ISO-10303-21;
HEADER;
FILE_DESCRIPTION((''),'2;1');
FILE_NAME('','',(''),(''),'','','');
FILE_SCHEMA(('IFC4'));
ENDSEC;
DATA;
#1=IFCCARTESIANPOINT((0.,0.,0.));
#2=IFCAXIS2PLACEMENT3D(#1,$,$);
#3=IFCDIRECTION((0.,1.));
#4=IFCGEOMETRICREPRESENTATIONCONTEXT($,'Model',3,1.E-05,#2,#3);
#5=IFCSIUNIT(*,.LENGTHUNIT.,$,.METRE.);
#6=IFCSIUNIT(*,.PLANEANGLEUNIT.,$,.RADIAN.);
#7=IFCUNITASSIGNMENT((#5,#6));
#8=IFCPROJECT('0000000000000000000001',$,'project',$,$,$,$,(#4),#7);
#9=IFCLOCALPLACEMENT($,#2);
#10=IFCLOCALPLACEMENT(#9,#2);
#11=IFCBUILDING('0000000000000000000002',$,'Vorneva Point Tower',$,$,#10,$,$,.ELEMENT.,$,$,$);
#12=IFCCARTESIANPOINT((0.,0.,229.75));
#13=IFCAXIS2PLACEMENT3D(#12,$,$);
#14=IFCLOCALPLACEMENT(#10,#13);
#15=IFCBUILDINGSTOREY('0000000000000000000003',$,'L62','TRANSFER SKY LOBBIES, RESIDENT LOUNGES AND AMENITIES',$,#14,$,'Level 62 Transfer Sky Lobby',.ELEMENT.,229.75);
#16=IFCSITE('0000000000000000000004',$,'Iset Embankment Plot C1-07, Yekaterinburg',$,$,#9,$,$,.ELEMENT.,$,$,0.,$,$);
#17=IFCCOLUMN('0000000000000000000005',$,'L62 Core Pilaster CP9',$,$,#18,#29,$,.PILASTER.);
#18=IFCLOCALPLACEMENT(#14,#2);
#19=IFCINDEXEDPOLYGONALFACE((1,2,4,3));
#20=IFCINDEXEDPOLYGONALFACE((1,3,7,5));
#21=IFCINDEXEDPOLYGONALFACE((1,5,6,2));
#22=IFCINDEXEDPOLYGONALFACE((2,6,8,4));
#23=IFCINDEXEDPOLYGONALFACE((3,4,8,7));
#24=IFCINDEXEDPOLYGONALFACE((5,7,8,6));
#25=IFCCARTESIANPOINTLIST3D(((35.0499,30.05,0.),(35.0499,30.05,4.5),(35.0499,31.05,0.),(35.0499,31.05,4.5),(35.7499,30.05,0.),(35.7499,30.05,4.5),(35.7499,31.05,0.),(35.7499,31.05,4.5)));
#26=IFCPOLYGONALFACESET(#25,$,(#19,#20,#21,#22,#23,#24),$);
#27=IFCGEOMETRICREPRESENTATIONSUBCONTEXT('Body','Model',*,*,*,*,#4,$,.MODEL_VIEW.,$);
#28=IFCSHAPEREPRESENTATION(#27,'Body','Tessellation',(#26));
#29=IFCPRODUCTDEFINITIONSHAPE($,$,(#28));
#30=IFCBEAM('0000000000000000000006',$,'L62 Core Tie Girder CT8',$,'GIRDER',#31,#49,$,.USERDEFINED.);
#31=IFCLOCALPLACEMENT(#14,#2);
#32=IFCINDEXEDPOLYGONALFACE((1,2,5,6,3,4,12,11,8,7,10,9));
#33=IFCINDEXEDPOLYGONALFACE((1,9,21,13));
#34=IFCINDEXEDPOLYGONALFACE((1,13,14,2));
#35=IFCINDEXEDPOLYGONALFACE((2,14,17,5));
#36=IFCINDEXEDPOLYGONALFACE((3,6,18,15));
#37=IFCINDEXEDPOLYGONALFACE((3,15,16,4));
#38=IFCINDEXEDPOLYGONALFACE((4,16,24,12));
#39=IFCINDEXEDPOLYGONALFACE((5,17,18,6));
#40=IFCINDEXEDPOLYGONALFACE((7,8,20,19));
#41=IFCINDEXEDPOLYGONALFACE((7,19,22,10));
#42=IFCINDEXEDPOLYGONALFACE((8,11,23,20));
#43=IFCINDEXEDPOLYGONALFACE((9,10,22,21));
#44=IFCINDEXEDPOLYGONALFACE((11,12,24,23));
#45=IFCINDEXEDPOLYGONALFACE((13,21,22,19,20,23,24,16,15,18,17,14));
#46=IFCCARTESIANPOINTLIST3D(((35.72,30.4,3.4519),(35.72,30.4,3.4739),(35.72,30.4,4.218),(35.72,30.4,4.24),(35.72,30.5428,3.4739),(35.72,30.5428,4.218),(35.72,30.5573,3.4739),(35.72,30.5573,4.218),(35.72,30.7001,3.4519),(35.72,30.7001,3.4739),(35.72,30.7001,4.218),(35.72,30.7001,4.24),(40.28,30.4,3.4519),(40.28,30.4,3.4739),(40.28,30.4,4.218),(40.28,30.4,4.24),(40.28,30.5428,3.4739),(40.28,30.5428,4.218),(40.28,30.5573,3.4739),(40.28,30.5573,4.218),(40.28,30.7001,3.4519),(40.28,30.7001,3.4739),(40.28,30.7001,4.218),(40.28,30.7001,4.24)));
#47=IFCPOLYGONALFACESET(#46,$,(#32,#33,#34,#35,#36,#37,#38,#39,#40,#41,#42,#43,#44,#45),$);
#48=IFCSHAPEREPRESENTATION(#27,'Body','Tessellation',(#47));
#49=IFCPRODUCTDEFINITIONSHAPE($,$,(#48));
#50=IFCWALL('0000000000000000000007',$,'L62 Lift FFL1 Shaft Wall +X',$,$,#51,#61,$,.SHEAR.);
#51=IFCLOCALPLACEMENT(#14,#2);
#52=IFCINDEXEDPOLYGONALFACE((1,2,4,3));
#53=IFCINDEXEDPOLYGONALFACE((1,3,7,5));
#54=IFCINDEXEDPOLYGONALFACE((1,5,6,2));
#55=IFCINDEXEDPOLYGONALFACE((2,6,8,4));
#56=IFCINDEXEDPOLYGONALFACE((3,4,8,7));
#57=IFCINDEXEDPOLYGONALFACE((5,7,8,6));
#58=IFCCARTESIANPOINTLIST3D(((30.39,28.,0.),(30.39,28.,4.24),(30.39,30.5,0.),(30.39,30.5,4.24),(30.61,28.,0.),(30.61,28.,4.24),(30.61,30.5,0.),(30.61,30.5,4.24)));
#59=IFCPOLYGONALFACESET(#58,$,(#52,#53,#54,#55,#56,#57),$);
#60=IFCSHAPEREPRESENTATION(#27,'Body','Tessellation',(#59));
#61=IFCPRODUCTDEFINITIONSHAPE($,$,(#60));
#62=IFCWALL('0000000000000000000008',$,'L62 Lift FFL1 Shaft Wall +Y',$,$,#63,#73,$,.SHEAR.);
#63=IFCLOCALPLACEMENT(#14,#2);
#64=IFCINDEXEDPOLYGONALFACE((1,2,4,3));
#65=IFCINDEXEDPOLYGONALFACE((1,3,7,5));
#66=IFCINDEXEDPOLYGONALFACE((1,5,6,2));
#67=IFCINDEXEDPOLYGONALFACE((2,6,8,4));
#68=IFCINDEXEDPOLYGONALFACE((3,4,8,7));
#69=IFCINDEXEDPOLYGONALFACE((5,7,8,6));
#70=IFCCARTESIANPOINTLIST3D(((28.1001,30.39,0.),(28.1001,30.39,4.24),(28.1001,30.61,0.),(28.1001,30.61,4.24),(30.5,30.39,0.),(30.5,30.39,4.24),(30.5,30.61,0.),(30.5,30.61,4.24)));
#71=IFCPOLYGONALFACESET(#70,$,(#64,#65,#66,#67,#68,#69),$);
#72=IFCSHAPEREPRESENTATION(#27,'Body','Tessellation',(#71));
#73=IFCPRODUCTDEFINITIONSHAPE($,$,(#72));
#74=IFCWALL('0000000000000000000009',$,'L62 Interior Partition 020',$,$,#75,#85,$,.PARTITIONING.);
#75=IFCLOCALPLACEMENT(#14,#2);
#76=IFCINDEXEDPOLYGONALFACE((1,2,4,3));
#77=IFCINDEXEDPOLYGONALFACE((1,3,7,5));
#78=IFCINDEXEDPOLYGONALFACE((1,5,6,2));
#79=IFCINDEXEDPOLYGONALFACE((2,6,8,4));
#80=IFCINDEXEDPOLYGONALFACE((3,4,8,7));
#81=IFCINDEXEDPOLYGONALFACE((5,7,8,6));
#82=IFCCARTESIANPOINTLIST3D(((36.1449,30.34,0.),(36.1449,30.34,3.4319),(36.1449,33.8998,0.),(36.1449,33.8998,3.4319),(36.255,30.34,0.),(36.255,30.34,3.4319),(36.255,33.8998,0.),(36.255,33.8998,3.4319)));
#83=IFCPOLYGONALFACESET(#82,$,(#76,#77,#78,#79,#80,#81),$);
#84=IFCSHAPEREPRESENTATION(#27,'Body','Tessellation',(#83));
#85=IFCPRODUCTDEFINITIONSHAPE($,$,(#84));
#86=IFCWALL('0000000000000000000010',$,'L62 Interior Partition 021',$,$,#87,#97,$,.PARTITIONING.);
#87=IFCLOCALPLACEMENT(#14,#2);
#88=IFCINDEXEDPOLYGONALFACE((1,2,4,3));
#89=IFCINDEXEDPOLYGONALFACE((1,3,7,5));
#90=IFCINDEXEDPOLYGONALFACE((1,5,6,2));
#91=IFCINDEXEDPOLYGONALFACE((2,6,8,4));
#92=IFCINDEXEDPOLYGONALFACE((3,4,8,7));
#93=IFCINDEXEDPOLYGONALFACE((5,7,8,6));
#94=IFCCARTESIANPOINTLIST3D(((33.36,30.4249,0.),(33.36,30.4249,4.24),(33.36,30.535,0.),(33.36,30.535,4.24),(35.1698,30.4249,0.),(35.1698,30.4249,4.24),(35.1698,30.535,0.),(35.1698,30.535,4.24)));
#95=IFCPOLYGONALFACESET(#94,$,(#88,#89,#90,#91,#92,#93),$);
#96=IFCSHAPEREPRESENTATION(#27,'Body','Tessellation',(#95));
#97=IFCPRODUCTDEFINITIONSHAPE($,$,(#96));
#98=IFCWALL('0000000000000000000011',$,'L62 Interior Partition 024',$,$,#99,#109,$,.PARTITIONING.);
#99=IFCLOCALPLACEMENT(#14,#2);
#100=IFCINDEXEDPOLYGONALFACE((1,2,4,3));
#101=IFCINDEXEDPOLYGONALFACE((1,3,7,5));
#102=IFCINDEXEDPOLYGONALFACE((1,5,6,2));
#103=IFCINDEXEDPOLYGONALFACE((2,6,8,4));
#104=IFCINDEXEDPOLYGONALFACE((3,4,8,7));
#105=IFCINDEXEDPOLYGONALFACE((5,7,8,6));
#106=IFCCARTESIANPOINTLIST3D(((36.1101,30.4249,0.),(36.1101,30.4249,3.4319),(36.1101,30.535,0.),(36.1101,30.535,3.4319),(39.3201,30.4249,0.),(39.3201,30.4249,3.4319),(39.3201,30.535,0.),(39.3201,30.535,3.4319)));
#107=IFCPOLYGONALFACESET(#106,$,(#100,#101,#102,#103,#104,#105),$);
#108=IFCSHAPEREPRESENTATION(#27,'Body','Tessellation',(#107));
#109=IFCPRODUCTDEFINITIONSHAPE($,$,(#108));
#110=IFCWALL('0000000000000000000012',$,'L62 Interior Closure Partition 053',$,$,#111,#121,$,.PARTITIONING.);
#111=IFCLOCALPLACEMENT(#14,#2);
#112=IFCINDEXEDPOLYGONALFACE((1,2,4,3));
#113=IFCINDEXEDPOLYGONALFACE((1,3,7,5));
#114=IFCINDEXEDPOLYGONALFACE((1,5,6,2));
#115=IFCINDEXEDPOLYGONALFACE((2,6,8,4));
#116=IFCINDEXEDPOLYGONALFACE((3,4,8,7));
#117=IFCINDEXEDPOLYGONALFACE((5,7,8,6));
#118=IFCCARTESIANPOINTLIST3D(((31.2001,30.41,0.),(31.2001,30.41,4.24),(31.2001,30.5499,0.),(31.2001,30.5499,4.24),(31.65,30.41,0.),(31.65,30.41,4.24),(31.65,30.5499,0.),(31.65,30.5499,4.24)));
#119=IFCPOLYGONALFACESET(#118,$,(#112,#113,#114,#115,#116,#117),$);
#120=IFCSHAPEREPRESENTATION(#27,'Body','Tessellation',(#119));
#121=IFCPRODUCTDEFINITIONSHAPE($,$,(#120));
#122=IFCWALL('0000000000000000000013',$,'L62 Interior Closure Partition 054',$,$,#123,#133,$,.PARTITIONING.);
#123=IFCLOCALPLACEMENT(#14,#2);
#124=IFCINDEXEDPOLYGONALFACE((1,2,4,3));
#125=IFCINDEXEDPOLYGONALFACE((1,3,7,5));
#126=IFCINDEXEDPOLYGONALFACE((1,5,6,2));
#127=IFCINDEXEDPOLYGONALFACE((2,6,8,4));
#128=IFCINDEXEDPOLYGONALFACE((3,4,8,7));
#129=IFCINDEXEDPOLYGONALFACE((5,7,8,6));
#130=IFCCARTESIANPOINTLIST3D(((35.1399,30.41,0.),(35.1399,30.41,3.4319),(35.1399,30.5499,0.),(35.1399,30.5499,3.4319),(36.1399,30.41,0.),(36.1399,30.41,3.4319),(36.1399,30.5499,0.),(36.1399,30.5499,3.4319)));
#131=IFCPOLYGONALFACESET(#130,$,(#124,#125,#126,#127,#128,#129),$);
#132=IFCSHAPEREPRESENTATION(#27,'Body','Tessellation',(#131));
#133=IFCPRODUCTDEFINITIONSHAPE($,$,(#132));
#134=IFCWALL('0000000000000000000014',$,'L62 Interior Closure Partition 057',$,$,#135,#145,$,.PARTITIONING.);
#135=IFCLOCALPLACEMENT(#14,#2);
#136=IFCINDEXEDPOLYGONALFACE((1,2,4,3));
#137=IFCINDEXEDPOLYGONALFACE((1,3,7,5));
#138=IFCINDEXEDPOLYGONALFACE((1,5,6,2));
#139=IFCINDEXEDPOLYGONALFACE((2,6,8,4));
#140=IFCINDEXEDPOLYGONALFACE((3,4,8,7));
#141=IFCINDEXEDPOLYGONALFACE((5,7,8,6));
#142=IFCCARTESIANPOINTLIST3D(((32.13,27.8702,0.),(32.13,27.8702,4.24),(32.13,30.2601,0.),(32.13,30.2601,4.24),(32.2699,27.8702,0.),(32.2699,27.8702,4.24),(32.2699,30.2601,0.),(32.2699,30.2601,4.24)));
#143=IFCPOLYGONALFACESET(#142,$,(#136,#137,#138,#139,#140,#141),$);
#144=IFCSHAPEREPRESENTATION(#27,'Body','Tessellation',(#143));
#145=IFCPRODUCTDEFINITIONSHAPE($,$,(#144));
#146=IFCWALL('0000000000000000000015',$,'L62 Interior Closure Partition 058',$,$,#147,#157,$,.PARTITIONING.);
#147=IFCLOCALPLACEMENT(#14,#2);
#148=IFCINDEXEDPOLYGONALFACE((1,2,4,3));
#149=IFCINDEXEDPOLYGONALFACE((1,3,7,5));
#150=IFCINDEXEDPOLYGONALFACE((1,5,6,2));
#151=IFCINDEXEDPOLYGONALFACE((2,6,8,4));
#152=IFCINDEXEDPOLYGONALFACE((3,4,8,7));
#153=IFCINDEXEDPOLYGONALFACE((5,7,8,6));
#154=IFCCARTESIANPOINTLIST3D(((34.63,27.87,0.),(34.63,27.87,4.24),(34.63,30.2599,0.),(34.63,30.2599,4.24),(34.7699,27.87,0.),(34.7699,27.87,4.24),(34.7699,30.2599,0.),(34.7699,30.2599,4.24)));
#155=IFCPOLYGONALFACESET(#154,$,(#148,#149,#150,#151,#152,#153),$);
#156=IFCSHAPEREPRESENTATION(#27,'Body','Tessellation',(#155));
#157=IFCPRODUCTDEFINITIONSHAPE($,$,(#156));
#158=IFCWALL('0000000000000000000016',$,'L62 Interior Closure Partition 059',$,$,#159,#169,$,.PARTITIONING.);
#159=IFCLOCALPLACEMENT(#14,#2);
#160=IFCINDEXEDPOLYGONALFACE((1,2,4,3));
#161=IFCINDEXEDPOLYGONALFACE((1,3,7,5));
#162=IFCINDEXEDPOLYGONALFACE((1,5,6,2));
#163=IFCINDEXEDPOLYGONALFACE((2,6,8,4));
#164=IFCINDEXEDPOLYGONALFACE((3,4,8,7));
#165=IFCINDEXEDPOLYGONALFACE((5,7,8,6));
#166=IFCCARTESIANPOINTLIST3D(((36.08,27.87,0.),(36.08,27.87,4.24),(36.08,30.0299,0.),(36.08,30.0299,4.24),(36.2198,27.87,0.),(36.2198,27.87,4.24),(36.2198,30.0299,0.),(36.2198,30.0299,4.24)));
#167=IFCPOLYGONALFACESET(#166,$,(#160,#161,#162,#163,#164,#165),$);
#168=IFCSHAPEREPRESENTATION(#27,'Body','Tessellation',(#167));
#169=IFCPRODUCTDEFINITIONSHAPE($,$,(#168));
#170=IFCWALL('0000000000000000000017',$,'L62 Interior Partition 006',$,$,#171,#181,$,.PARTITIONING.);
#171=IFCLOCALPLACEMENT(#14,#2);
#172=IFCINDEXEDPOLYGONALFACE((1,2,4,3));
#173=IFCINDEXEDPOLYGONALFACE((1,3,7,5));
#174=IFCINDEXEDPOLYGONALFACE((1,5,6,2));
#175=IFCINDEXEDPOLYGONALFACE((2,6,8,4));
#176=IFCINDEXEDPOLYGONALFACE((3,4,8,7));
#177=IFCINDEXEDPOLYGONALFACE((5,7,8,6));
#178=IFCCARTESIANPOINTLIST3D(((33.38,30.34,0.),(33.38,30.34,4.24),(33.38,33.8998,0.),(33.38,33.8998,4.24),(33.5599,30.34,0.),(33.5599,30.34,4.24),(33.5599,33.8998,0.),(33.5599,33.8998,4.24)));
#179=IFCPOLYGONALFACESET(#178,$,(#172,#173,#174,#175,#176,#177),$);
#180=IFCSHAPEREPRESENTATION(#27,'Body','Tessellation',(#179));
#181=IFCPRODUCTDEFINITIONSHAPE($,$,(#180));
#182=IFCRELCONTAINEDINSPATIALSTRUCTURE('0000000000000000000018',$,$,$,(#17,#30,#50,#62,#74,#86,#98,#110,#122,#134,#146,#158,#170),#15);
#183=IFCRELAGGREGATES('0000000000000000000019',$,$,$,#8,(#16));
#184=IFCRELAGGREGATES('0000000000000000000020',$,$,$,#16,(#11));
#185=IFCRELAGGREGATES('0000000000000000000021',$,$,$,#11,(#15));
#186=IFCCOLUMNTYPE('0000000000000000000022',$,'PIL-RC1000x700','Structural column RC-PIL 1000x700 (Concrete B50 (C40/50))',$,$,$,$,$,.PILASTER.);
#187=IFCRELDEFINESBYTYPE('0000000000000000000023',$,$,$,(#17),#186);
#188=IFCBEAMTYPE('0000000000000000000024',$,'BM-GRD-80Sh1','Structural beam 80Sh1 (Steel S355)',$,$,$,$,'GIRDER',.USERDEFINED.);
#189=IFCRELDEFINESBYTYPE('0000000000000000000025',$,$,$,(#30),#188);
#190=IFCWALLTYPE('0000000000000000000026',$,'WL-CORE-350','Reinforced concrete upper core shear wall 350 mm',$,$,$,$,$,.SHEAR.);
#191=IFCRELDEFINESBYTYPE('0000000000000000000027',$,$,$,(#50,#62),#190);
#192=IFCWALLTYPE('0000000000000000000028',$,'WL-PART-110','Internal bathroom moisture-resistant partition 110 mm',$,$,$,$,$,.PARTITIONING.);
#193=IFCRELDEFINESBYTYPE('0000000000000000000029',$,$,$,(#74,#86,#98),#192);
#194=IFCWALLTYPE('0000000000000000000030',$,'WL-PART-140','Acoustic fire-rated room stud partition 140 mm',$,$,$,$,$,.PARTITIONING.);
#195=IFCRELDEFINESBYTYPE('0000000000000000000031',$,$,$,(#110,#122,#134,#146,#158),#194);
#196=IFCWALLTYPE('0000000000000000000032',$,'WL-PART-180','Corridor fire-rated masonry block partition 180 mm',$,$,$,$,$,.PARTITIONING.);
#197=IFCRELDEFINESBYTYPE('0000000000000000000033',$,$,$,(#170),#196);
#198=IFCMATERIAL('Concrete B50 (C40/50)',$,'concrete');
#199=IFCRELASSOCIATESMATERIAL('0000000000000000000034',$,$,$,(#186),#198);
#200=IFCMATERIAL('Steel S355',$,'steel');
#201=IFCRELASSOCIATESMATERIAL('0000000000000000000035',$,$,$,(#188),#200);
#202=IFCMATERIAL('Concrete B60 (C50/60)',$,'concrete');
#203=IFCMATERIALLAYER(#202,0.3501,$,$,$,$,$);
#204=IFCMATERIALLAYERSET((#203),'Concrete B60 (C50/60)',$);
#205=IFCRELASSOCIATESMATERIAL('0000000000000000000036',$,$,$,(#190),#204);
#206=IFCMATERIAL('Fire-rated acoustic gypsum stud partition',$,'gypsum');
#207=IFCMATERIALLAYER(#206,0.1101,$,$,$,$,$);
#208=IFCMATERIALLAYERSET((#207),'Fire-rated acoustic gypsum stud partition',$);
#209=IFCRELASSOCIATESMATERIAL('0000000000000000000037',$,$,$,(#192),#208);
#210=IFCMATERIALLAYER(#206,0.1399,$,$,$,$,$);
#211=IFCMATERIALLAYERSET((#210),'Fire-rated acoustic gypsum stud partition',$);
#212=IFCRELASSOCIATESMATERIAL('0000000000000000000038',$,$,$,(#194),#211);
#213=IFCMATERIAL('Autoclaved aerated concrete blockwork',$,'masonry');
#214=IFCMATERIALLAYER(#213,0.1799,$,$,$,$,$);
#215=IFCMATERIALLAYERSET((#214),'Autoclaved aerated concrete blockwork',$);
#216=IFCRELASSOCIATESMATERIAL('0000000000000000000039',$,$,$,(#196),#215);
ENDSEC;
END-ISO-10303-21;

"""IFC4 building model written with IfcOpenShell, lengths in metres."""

from ifc_helpers import new_model, si_unit, direction, frame, frame_2d, origin, origin_2d, place, context, subcontext, project, spatial, rectangle, i_section, extrude, material, layer, layer_set, material_profile, profile_set, type_object, element, save


model = new_model("IFC4")

# Units and contexts
model_context = context("Model", 3, precision=1e-05, world=origin(), true_north=direction((0.0, 1.0)))
body_context = subcontext(model_context, "Body", "Model", "MODEL_VIEW")
ifc_project = project(units=[si_unit("LENGTHUNIT", "METRE"), si_unit("PLANEANGLEUNIT", "RADIAN")], contexts=[model_context])

# Site, building, storey
site_placement = place(None, origin())
site = spatial("IfcSite", under=ifc_project, at=site_placement, Name="Iset Embankment Plot C1-07, Yekaterinburg", CompositionType="ELEMENT", RefElevation=0.0)
building_placement = place(site_placement, origin())
building = spatial("IfcBuilding", under=site, at=building_placement, Name="Vorneva Point Tower", CompositionType="ELEMENT")
storey_placement = place(building_placement, frame((0.0, 0.0, 229.75)))
storey = spatial("IfcBuildingStorey", under=building, at=storey_placement, Name="L62", Description="TRANSFER SKY LOBBIES, RESIDENT LOUNGES AND AMENITIES", LongName="Level 62 Transfer Sky Lobby", CompositionType="ELEMENT", Elevation=229.75)

# Column
ifc_material_1 = material(Name="Concrete B50 (C40/50)", Category="concrete")
ifc_material_profile_1 = material_profile(ifc_material_1, rectangle(XDim=0.7, YDim=1.0, at=origin_2d()), Name="RC-PIL 1000x700")
ifc_profile_set_1 = profile_set([ifc_material_profile_1], Name="Concrete B50 (C40/50)")
column_type = type_object("IfcColumnType", Name="PIL-RC1000x700", Description="Structural column RC-PIL 1000x700 (Concrete B50 (C40/50))", PredefinedType="PILASTER", material=ifc_profile_set_1)
column_placement = place(storey_placement, frame((35.3999, 30.55, 0.0), z_axis=(0.0, 0.0, 1.0), x_axis=(1.0, 0.0, 0.0)))
element("IfcColumn", 1, at=column_placement, inside=storey, type_object=column_type, Name="L62 Core Pilaster CP9", PredefinedType="PILASTER", context=body_context, shape_type="SweptSolid", body=[
    extrude(rectangle(XDim=0.7, YDim=1.0, at=origin_2d()), origin(), (0.0, 0.0, 1.0), 4.5),
])

# Beam
ifc_material_2 = material(Name="Steel S355", Category="steel")
ifc_material_profile_2 = material_profile(ifc_material_2, i_section(OverallWidth=0.3, OverallDepth=0.7881, WebThickness=0.0144, FlangeThickness=0.022, at=origin_2d()), Name="80Sh1")
ifc_profile_set_2 = profile_set([ifc_material_profile_2], Name="Steel S355")
beam_type = type_object("IfcBeamType", Name="BM-GRD-80Sh1", Description="Structural beam 80Sh1 (Steel S355)", ElementType="GIRDER", PredefinedType="USERDEFINED", material=ifc_profile_set_2)
beam_placement = place(storey_placement, frame((35.72, 30.55, 3.8459), z_axis=(1.0, 0.0, 0.0), x_axis=(0.0, 1.0, 0.0)))
element("IfcBeam", 2, at=beam_placement, inside=storey, type_object=beam_type, Name="L62 Core Tie Girder CT8", ObjectType="GIRDER", PredefinedType="USERDEFINED", context=body_context, shape_type="SweptSolid", body=[
    extrude(i_section(OverallWidth=0.3, OverallDepth=0.7881, WebThickness=0.0144, FlangeThickness=0.022, at=origin_2d()), origin(), (0.0, 0.0, 1.0), 4.5601),
])

# Walls
ifc_material_3 = material(Name="Concrete B60 (C50/60)", Category="concrete")
ifc_layer_1 = layer(ifc_material_3, 0.3501)
ifc_layer_set_1 = layer_set([ifc_layer_1], Name="Concrete B60 (C50/60)")
wall_type_1 = type_object("IfcWallType", Name="WL-CORE-350", Description="Reinforced concrete upper core shear wall 350 mm", PredefinedType="SHEAR", material=ifc_layer_set_1)
wall_1_placement = place(storey_placement, frame((30.5, 28.0, 0.0), z_axis=(0.0, 0.0, 1.0), x_axis=(0.0, 1.0, 0.0)))
element("IfcWall", 3, at=wall_1_placement, inside=storey, type_object=wall_type_1, Name="L62 Lift FFL1 Shaft Wall +X", PredefinedType="SHEAR", context=body_context, shape_type="SweptSolid", body=[
    extrude(rectangle(XDim=2.5, YDim=0.22, at=frame_2d((1.25, 0.0))), origin(), (0.0, 0.0, 1.0), 4.24),
])
wall_2_placement = place(storey_placement, frame((30.5, 30.5, 0.0), z_axis=(0.0, 0.0, 1.0), x_axis=(-1.0, 0.0, 0.0)))
element("IfcWall", 4, at=wall_2_placement, inside=storey, type_object=wall_type_1, Name="L62 Lift FFL1 Shaft Wall +Y", PredefinedType="SHEAR", context=body_context, shape_type="SweptSolid", body=[
    extrude(rectangle(XDim=2.3999, YDim=0.22, at=frame_2d((1.2, 0.0))), origin(), (0.0, 0.0, 1.0), 4.24),
])
ifc_material_4 = material(Name="Fire-rated acoustic gypsum stud partition", Category="gypsum")
ifc_layer_2 = layer(ifc_material_4, 0.1101)
ifc_layer_set_2 = layer_set([ifc_layer_2], Name="Fire-rated acoustic gypsum stud partition")
wall_type_2 = type_object("IfcWallType", Name="WL-PART-110", Description="Internal bathroom moisture-resistant partition 110 mm", PredefinedType="PARTITIONING", material=ifc_layer_set_2)
wall_3_placement = place(storey_placement, frame((36.2, 30.3401, 0.0), z_axis=(0.0, 0.0, 1.0), x_axis=(0.0, 1.0, 0.0)))
element("IfcWall", 5, at=wall_3_placement, inside=storey, type_object=wall_type_2, Name="L62 Interior Partition 020", PredefinedType="PARTITIONING", context=body_context, shape_type="SweptSolid", body=[
    extrude(rectangle(XDim=3.5598, YDim=0.1101, at=frame_2d((1.7798, 0.0))), origin(), (0.0, 0.0, 1.0), 3.4319),
])
wall_4_placement = place(storey_placement, frame((33.3601, 30.48, 0.0), z_axis=(0.0, 0.0, 1.0), x_axis=(1.0, 0.0, 0.0)))
element("IfcWall", 6, at=wall_4_placement, inside=storey, type_object=wall_type_2, Name="L62 Interior Partition 021", PredefinedType="PARTITIONING", context=body_context, shape_type="SweptSolid", body=[
    extrude(rectangle(XDim=1.8098, YDim=0.1101, at=frame_2d((0.9048, 0.0))), origin(), (0.0, 0.0, 1.0), 4.24),
])
wall_5_placement = place(storey_placement, frame((36.1101, 30.48, 0.0), z_axis=(0.0, 0.0, 1.0), x_axis=(1.0, 0.0, 0.0)))
element("IfcWall", 7, at=wall_5_placement, inside=storey, type_object=wall_type_2, Name="L62 Interior Partition 024", PredefinedType="PARTITIONING", context=body_context, shape_type="SweptSolid", body=[
    extrude(rectangle(XDim=3.21, YDim=0.1101, at=frame_2d((1.605, 0.0))), origin(), (0.0, 0.0, 1.0), 3.4319),
])
ifc_layer_3 = layer(ifc_material_4, 0.1399)
ifc_layer_set_3 = layer_set([ifc_layer_3], Name="Fire-rated acoustic gypsum stud partition")
wall_type_3 = type_object("IfcWallType", Name="WL-PART-140", Description="Acoustic fire-rated room stud partition 140 mm", PredefinedType="PARTITIONING", material=ifc_layer_set_3)
wall_6_placement = place(storey_placement, frame((31.2, 30.48, 0.0), z_axis=(0.0, 0.0, 1.0), x_axis=(1.0, 0.0, 0.0)))
element("IfcWall", 8, at=wall_6_placement, inside=storey, type_object=wall_type_3, Name="L62 Interior Closure Partition 053", PredefinedType="PARTITIONING", context=body_context, shape_type="SweptSolid", body=[
    extrude(rectangle(XDim=0.45, YDim=0.1399, at=frame_2d((0.2251, 0.0))), origin(), (0.0, 0.0, 1.0), 4.24),
])
wall_7_placement = place(storey_placement, frame((35.1399, 30.48, 0.0), z_axis=(0.0, 0.0, 1.0), x_axis=(1.0, 0.0, 0.0)))
element("IfcWall", 9, at=wall_7_placement, inside=storey, type_object=wall_type_3, Name="L62 Interior Closure Partition 054", PredefinedType="PARTITIONING", context=body_context, shape_type="SweptSolid", body=[
    extrude(rectangle(XDim=1.0, YDim=0.1399, at=frame_2d((0.5, 0.0))), origin(), (0.0, 0.0, 1.0), 3.4319),
])
for number, where, z_axis, x_axis, name in (
    (10, (32.2, 30.26, 0.0), (0.0, 0.0, 1.0), (0.0, -1.0, 0.0), "L62 Interior Closure Partition 057"),
    (11, (34.7, 27.8701, 0.0), (0.0, 0.0, 1.0), (0.0, 1.0, 0.0), "L62 Interior Closure Partition 058"),
):
    element("IfcWall", number, at=place(storey_placement, frame(where, z_axis=z_axis, x_axis=x_axis)), inside=storey, type_object=wall_type_3, Name=name, PredefinedType="PARTITIONING", context=body_context, shape_type="SweptSolid", body=[
        extrude(rectangle(XDim=2.3899, YDim=0.1399, at=frame_2d((1.1948, 0.0))), origin(), (0.0, 0.0, 1.0), 4.24),
    ])
wall_8_placement = place(storey_placement, frame((36.1499, 30.03, 0.0), z_axis=(0.0, 0.0, 1.0), x_axis=(0.0, -1.0, 0.0)))
element("IfcWall", 12, at=wall_8_placement, inside=storey, type_object=wall_type_3, Name="L62 Interior Closure Partition 059", PredefinedType="PARTITIONING", context=body_context, shape_type="SweptSolid", body=[
    extrude(rectangle(XDim=2.1599, YDim=0.1399, at=frame_2d((1.0801, 0.0))), origin(), (0.0, 0.0, 1.0), 4.24),
])
ifc_material_5 = material(Name="Autoclaved aerated concrete blockwork", Category="masonry")
ifc_layer_4 = layer(ifc_material_5, 0.1799)
ifc_layer_set_4 = layer_set([ifc_layer_4], Name="Autoclaved aerated concrete blockwork")
wall_type_4 = type_object("IfcWallType", Name="WL-PART-180", Description="Corridor fire-rated masonry block partition 180 mm", PredefinedType="PARTITIONING", material=ifc_layer_set_4)
wall_9_placement = place(storey_placement, frame((33.47, 30.3401, 0.0), z_axis=(0.0, 0.0, 1.0), x_axis=(0.0, 1.0, 0.0)))
element("IfcWall", 13, at=wall_9_placement, inside=storey, type_object=wall_type_4, Name="L62 Interior Partition 006", PredefinedType="PARTITIONING", context=body_context, shape_type="SweptSolid", body=[
    extrude(rectangle(XDim=3.5598, YDim=0.1799, at=frame_2d((1.7798, 0.0))), origin(), (0.0, 0.0, 1.0), 4.24),
])

save(model, "model.ifc")
